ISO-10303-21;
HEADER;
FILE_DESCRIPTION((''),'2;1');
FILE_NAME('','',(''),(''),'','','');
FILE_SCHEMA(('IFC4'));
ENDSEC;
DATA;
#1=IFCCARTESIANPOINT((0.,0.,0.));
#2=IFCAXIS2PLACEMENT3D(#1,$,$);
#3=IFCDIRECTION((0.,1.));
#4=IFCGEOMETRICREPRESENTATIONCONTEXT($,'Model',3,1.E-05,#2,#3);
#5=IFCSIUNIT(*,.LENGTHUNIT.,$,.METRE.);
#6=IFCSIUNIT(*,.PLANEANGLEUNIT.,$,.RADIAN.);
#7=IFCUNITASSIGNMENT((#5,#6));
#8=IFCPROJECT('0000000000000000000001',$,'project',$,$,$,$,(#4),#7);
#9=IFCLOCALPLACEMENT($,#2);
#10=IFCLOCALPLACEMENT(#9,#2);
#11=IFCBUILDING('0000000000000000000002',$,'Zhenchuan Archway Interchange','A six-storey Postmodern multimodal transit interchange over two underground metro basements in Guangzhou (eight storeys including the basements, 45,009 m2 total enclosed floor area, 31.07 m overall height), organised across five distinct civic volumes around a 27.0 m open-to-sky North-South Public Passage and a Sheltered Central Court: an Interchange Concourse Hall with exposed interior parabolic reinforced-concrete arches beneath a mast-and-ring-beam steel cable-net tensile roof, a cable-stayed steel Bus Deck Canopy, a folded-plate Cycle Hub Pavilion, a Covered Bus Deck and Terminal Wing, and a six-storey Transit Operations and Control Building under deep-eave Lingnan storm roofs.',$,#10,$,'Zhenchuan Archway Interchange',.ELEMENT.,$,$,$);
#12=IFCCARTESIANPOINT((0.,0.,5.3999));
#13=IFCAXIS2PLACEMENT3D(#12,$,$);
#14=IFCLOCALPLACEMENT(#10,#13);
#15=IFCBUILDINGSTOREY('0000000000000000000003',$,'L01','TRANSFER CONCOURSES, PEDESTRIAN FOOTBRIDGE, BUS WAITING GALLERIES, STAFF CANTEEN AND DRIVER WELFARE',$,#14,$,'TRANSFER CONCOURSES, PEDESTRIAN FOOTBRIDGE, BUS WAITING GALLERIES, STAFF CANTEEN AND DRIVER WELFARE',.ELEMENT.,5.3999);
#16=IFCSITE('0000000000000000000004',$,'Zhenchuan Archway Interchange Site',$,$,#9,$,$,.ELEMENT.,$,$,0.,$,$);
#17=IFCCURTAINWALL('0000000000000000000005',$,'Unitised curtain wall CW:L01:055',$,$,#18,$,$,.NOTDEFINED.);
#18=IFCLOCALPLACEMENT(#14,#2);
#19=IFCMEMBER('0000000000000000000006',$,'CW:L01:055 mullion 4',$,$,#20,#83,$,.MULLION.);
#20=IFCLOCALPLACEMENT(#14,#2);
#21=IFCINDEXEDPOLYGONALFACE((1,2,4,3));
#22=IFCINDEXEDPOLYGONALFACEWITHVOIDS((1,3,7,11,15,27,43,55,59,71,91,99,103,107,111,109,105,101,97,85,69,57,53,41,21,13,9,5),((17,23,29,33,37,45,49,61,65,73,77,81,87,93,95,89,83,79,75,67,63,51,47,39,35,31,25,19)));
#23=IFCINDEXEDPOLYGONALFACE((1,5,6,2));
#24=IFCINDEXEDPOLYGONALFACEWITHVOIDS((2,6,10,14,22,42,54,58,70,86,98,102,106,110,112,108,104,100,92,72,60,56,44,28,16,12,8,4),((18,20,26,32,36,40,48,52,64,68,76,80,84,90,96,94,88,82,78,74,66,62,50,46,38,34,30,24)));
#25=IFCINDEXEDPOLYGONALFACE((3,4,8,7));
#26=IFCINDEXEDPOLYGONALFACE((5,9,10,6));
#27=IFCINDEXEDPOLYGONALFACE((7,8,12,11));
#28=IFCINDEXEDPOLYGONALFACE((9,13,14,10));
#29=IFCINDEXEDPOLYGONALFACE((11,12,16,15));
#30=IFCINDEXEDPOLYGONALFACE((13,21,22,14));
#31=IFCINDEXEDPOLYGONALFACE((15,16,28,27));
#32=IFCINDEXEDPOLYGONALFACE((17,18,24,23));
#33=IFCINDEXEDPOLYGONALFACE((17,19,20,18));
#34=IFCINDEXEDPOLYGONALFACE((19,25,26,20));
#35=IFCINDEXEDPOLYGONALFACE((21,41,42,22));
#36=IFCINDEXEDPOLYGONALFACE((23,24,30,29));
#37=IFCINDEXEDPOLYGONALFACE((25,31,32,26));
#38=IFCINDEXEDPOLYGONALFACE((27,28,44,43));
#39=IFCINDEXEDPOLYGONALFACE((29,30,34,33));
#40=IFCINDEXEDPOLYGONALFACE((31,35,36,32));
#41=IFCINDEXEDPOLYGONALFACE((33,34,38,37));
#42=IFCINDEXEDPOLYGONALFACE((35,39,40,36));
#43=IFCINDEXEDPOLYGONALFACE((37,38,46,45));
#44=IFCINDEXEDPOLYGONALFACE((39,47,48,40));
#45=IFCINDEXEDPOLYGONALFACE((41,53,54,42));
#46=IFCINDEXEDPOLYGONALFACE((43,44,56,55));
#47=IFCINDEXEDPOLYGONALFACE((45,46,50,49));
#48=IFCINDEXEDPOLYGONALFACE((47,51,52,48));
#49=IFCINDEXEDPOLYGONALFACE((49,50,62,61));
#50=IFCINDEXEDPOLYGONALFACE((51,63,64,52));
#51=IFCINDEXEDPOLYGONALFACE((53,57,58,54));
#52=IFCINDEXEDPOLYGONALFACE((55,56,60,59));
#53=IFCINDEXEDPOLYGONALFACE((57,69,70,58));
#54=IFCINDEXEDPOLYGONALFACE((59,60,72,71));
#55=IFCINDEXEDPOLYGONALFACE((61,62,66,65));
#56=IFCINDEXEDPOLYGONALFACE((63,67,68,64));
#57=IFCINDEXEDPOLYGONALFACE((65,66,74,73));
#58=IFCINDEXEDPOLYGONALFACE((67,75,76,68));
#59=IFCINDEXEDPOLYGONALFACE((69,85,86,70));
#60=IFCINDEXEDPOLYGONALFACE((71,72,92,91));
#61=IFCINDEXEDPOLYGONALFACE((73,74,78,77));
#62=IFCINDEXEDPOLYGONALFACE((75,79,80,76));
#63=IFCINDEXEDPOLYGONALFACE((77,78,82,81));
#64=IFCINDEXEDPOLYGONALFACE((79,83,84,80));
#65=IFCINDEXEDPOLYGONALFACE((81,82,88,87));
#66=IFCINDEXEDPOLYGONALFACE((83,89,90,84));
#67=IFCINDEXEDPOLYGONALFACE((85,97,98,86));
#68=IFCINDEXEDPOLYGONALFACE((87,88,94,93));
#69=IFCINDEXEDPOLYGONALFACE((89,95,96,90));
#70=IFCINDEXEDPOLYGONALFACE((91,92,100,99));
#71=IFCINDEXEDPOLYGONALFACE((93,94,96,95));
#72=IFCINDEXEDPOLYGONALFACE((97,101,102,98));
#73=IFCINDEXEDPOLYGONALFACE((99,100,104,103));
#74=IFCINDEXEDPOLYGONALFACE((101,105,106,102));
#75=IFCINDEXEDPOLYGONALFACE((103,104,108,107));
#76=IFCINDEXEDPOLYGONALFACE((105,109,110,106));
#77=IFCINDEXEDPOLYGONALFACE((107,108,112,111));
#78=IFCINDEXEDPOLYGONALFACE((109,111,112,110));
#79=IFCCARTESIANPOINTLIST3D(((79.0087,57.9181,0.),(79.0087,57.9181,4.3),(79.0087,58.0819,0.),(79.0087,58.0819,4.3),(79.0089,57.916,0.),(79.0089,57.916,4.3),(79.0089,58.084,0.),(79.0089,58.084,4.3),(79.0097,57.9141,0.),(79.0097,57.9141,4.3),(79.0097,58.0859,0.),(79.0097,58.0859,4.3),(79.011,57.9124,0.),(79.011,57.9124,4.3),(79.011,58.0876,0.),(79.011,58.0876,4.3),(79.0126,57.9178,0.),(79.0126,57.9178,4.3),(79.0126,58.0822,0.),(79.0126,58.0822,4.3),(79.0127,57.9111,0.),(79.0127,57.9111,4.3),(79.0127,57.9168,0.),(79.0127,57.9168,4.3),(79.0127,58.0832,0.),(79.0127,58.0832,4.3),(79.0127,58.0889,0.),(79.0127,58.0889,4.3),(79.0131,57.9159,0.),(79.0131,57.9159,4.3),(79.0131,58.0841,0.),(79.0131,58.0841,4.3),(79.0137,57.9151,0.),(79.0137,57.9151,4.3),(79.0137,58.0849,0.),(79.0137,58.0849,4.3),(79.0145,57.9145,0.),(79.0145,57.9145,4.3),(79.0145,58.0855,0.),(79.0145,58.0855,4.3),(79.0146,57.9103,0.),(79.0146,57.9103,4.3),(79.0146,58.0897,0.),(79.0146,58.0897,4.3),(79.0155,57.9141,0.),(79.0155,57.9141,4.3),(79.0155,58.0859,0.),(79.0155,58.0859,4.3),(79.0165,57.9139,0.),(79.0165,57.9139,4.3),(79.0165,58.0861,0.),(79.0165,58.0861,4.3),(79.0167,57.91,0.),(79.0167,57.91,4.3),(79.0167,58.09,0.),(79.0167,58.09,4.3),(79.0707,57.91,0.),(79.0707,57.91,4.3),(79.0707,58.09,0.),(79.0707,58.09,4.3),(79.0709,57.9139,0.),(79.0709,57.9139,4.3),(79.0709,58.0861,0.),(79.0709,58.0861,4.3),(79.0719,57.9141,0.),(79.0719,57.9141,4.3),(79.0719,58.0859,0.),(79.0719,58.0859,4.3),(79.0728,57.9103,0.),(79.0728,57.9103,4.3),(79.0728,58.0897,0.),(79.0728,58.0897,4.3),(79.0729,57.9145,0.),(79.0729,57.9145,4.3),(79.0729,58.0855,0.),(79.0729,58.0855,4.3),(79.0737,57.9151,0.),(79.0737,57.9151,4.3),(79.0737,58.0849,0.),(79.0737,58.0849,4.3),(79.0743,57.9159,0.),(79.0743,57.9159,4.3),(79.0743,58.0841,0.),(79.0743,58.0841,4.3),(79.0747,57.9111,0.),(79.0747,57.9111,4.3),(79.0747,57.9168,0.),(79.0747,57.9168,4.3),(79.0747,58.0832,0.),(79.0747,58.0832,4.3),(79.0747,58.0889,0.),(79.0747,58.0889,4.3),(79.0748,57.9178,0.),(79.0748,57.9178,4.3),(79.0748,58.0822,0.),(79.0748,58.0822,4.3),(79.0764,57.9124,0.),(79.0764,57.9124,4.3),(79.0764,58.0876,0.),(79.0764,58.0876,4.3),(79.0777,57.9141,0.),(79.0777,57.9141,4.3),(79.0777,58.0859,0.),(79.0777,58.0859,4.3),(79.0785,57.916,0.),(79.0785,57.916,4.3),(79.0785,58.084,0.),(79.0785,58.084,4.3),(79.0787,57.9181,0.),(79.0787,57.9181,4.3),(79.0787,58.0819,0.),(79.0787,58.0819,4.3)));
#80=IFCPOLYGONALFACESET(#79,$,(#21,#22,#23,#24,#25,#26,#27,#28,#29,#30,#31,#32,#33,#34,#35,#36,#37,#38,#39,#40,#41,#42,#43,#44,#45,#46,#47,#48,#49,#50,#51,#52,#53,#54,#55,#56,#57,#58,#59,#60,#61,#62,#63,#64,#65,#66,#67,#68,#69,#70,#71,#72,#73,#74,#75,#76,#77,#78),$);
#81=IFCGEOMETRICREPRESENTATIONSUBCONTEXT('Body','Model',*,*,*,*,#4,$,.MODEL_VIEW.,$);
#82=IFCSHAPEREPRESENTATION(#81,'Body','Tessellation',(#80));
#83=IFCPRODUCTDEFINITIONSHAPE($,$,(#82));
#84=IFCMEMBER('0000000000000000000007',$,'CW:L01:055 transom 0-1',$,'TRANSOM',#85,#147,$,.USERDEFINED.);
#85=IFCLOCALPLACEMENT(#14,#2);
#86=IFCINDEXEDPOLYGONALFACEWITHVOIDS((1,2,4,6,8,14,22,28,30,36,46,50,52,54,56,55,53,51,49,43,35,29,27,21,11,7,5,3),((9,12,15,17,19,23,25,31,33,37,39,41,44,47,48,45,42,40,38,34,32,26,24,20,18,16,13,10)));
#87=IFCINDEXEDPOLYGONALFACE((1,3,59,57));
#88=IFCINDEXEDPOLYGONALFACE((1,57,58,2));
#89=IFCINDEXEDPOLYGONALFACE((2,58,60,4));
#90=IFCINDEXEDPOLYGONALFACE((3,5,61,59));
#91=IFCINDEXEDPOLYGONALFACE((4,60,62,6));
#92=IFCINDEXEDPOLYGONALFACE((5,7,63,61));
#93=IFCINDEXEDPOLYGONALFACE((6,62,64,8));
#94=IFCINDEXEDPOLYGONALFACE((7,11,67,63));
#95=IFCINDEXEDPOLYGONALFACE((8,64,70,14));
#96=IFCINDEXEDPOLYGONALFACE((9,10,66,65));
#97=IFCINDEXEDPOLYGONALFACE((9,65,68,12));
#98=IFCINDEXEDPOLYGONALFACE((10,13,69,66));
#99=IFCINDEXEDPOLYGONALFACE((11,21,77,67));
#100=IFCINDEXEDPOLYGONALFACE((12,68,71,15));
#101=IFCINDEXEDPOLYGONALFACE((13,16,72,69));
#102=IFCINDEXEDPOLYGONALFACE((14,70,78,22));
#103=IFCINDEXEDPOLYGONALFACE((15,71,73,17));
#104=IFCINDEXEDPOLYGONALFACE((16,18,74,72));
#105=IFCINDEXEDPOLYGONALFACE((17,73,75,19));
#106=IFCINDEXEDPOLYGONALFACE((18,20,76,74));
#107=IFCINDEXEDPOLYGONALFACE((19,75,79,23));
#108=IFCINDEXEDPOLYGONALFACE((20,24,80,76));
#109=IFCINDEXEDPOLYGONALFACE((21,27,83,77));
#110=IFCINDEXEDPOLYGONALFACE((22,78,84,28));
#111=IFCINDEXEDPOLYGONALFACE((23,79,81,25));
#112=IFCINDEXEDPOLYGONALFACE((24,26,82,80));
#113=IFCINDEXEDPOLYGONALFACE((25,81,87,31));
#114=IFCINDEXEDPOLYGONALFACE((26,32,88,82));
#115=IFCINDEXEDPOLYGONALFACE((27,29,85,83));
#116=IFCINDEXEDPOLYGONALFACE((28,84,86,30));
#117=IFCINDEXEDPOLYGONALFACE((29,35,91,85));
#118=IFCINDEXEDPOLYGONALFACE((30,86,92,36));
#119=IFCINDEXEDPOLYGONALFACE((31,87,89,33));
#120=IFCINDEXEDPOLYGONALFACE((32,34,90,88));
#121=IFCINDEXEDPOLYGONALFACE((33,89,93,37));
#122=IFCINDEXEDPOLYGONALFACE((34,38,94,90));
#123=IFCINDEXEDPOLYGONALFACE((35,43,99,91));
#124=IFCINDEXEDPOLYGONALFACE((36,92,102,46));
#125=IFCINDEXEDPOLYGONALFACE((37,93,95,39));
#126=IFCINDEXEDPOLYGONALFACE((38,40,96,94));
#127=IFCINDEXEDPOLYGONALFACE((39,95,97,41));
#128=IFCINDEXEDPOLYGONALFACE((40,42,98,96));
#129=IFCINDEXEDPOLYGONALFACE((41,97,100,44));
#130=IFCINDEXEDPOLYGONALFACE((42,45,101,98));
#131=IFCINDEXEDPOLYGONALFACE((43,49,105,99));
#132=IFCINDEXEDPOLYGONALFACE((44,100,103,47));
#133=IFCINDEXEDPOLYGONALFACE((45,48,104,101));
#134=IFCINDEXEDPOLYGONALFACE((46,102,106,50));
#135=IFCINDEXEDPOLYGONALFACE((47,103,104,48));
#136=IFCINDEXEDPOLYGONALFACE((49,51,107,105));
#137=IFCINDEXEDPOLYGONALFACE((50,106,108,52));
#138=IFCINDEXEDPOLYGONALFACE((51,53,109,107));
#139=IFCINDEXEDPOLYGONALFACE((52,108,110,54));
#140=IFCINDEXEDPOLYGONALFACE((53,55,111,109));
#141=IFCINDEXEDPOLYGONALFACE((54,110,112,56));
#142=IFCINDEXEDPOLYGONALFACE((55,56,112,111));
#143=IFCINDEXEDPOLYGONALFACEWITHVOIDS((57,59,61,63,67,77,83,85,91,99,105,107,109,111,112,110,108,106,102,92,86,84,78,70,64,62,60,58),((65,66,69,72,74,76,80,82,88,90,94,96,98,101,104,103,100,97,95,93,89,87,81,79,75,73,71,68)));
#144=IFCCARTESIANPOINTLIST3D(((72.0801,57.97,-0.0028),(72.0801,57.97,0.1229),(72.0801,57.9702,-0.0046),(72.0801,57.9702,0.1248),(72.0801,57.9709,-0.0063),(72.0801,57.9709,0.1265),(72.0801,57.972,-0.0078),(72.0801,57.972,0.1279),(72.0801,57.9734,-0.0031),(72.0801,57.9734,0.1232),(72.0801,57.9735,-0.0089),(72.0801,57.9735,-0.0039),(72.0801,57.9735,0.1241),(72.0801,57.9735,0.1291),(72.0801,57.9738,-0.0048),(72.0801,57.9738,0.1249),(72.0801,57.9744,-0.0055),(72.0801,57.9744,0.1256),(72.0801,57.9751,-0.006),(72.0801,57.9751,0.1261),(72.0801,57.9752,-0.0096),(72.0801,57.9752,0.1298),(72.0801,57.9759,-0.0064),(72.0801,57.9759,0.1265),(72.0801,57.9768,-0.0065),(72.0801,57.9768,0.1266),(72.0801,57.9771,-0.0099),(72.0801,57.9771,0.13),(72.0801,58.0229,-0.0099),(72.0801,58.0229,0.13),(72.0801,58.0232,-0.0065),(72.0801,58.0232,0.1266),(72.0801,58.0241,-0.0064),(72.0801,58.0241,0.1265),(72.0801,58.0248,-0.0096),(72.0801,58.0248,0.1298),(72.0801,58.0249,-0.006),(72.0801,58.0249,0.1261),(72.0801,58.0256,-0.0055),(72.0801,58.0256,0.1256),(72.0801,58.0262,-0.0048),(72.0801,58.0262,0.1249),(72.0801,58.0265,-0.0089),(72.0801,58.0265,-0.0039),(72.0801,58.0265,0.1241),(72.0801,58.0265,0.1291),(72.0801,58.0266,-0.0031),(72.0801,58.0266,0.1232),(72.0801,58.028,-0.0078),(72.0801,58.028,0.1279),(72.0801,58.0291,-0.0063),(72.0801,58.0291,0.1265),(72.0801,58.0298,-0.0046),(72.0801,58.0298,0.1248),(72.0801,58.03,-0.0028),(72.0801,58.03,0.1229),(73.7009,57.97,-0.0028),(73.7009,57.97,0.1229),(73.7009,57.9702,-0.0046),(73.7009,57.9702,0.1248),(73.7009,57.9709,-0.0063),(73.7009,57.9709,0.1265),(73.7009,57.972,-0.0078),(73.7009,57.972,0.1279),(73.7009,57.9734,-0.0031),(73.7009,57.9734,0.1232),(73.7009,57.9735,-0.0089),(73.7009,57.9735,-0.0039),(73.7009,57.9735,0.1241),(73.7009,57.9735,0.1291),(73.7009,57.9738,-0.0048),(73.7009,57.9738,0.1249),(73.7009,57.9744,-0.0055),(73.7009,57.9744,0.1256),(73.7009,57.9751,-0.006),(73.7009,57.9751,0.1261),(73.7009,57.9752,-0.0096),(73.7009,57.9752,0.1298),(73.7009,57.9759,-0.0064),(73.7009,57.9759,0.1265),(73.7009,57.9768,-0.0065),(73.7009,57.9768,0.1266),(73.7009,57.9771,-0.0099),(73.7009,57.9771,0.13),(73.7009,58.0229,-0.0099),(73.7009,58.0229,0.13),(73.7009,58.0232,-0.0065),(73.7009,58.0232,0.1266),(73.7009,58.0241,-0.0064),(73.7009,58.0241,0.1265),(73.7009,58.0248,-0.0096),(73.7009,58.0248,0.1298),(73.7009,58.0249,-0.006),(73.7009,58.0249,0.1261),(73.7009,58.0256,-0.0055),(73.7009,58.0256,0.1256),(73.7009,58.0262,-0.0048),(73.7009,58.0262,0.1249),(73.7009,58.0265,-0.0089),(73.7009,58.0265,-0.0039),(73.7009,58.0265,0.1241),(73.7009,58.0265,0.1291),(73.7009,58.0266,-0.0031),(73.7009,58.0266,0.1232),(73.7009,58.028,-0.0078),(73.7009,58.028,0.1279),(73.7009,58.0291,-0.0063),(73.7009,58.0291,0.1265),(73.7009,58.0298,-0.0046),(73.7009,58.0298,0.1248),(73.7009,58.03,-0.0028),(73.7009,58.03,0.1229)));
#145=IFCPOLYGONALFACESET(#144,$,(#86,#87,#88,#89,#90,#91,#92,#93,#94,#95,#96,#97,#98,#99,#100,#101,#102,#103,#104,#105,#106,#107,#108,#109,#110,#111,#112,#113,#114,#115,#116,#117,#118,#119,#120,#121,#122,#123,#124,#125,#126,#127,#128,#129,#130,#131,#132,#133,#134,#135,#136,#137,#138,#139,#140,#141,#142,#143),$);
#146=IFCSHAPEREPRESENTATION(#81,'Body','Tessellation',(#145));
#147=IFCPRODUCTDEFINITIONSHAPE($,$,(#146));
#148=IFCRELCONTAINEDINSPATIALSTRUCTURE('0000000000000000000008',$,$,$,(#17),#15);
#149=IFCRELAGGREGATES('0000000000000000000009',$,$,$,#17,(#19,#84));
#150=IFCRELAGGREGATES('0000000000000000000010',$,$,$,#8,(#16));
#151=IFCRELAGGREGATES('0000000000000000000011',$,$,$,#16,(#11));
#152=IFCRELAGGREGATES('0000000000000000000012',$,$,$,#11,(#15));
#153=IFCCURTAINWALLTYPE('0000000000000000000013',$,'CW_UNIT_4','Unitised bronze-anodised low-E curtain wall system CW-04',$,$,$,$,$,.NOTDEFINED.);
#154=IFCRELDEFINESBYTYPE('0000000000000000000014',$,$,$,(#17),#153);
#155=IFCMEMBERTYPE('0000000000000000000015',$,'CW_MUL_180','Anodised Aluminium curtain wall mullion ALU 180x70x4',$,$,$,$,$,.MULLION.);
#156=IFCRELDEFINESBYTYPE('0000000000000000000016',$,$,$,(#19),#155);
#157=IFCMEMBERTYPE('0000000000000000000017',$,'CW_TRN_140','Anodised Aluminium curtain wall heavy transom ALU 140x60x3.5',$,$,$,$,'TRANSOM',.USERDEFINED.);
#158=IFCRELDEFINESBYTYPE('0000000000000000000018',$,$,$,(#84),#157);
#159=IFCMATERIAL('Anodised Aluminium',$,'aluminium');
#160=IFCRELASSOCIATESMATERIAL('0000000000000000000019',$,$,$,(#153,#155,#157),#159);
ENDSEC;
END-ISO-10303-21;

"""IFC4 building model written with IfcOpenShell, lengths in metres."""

from ifc_helpers import new_model, si_unit, direction, frame, origin, origin_2d, place, context, subcontext, project, spatial, hollow_rectangle, extrude, material, material_profile, profile_set, type_object, element, aggregate, save


model = new_model("IFC4")

# Units and contexts
model_context = context("Model", 3, precision=1e-05, world=origin(), true_north=direction((0.0, 1.0)))
body_context = subcontext(model_context, "Body", "Model", "MODEL_VIEW")
ifc_project = project(units=[si_unit("LENGTHUNIT", "METRE"), si_unit("PLANEANGLEUNIT", "RADIAN")], contexts=[model_context])

# Site, building, storey
site_placement = place(None, origin())
site = spatial("IfcSite", under=ifc_project, at=site_placement, Name="Zhenchuan Archway Interchange Site", CompositionType="ELEMENT", RefElevation=0.0)
building_placement = place(site_placement, origin())
building = spatial("IfcBuilding", under=site, at=building_placement, Name="Zhenchuan Archway Interchange", Description="A six-storey Postmodern multimodal transit interchange over two underground metro basements in Guangzhou (eight storeys including the basements, 45,009 m2 total enclosed floor area, 31.07 m overall height), organised across five distinct civic volumes around a 27.0 m open-to-sky North-South Public Passage and a Sheltered Central Court: an Interchange Concourse Hall with exposed interior parabolic reinforced-concrete arches beneath a mast-and-ring-beam steel cable-net tensile roof, a cable-stayed steel Bus Deck Canopy, a folded-plate Cycle Hub Pavilion, a Covered Bus Deck and Terminal Wing, and a six-storey Transit Operations and Control Building under deep-eave Lingnan storm roofs.", LongName="Zhenchuan Archway Interchange", CompositionType="ELEMENT")
storey_placement = place(building_placement, frame((0.0, 0.0, 5.3999)))
storey = spatial("IfcBuildingStorey", under=building, at=storey_placement, Name="L01", Description="TRANSFER CONCOURSES, PEDESTRIAN FOOTBRIDGE, BUS WAITING GALLERIES, STAFF CANTEEN AND DRIVER WELFARE", LongName="TRANSFER CONCOURSES, PEDESTRIAN FOOTBRIDGE, BUS WAITING GALLERIES, STAFF CANTEEN AND DRIVER WELFARE", CompositionType="ELEMENT", Elevation=5.3999)

# Shared definitions
ifc_material_1 = material(Name="Anodised Aluminium", Category="aluminium")

# Curtain wall, members
curtain_wall_type_1 = type_object("IfcCurtainWallType", Name="CW_UNIT_4", Description="Unitised bronze-anodised low-E curtain wall system CW-04", PredefinedType="NOTDEFINED", material=ifc_material_1)
curtain_wall_1_placement = place(storey_placement, origin())
curtain_wall_1 = element("IfcCurtainWall", 1, at=curtain_wall_1_placement, inside=storey, type_object=curtain_wall_type_1, Name="Unitised curtain wall CW:L01:055", PredefinedType="NOTDEFINED")
ifc_material_profile_1 = material_profile(ifc_material_1, hollow_rectangle(XDim=0.0701, YDim=0.1799, WallThickness=0.0039, InnerFilletRadius=0.0039, OuterFilletRadius=0.0081, at=origin_2d()), Name="ALU 180x70x4")
ifc_profile_set_1 = profile_set([ifc_material_profile_1], Name="Anodised Aluminium")
member_type_1 = type_object("IfcMemberType", Name="CW_MUL_180", Description="Anodised Aluminium curtain wall mullion ALU 180x70x4", PredefinedType="MULLION", material=ifc_profile_set_1)
member_1_placement = place(storey_placement, frame((79.0437, 58.0, 0.0), z_axis=(0.0, 0.0, 1.0), x_axis=(1.0, 0.0, 0.0)))
member_1 = element("IfcMember", 2, at=member_1_placement, type_object=member_type_1, Name="CW:L01:055 mullion 4", PredefinedType="MULLION", context=body_context, shape_type="SweptSolid", body=[
    extrude(hollow_rectangle(XDim=0.0701, YDim=0.1799, WallThickness=0.0039, InnerFilletRadius=0.0039, OuterFilletRadius=0.0081, at=origin_2d()), origin(), (0.0, 0.0, 1.0), 4.3),
])
ifc_material_profile_2 = material_profile(ifc_material_1, hollow_rectangle(XDim=0.0601, YDim=0.1399, WallThickness=0.0034, InnerFilletRadius=0.0034, OuterFilletRadius=0.0071, at=origin_2d()), Name="ALU 140x60x3.5")
ifc_profile_set_2 = profile_set([ifc_material_profile_2], Name="Anodised Aluminium")
member_type_2 = type_object("IfcMemberType", Name="CW_TRN_140", Description="Anodised Aluminium curtain wall heavy transom ALU 140x60x3.5", ElementType="TRANSOM", PredefinedType="USERDEFINED", material=ifc_profile_set_2)
member_2_placement = place(storey_placement, frame((72.0801, 58.0, 0.0601), z_axis=(1.0, 0.0, 0.0), x_axis=(0.0, 1.0, 0.0)))
member_2 = element("IfcMember", 3, at=member_2_placement, type_object=member_type_2, Name="CW:L01:055 transom 0-1", ObjectType="TRANSOM", PredefinedType="USERDEFINED", context=body_context, shape_type="SweptSolid", body=[
    extrude(hollow_rectangle(XDim=0.0601, YDim=0.1399, WallThickness=0.0034, InnerFilletRadius=0.0034, OuterFilletRadius=0.0071, at=origin_2d()), origin(), (0.0, 0.0, 1.0), 1.6208),
])

aggregate(curtain_wall_1, [member_1, member_2])

save(model, "model.ifc")
